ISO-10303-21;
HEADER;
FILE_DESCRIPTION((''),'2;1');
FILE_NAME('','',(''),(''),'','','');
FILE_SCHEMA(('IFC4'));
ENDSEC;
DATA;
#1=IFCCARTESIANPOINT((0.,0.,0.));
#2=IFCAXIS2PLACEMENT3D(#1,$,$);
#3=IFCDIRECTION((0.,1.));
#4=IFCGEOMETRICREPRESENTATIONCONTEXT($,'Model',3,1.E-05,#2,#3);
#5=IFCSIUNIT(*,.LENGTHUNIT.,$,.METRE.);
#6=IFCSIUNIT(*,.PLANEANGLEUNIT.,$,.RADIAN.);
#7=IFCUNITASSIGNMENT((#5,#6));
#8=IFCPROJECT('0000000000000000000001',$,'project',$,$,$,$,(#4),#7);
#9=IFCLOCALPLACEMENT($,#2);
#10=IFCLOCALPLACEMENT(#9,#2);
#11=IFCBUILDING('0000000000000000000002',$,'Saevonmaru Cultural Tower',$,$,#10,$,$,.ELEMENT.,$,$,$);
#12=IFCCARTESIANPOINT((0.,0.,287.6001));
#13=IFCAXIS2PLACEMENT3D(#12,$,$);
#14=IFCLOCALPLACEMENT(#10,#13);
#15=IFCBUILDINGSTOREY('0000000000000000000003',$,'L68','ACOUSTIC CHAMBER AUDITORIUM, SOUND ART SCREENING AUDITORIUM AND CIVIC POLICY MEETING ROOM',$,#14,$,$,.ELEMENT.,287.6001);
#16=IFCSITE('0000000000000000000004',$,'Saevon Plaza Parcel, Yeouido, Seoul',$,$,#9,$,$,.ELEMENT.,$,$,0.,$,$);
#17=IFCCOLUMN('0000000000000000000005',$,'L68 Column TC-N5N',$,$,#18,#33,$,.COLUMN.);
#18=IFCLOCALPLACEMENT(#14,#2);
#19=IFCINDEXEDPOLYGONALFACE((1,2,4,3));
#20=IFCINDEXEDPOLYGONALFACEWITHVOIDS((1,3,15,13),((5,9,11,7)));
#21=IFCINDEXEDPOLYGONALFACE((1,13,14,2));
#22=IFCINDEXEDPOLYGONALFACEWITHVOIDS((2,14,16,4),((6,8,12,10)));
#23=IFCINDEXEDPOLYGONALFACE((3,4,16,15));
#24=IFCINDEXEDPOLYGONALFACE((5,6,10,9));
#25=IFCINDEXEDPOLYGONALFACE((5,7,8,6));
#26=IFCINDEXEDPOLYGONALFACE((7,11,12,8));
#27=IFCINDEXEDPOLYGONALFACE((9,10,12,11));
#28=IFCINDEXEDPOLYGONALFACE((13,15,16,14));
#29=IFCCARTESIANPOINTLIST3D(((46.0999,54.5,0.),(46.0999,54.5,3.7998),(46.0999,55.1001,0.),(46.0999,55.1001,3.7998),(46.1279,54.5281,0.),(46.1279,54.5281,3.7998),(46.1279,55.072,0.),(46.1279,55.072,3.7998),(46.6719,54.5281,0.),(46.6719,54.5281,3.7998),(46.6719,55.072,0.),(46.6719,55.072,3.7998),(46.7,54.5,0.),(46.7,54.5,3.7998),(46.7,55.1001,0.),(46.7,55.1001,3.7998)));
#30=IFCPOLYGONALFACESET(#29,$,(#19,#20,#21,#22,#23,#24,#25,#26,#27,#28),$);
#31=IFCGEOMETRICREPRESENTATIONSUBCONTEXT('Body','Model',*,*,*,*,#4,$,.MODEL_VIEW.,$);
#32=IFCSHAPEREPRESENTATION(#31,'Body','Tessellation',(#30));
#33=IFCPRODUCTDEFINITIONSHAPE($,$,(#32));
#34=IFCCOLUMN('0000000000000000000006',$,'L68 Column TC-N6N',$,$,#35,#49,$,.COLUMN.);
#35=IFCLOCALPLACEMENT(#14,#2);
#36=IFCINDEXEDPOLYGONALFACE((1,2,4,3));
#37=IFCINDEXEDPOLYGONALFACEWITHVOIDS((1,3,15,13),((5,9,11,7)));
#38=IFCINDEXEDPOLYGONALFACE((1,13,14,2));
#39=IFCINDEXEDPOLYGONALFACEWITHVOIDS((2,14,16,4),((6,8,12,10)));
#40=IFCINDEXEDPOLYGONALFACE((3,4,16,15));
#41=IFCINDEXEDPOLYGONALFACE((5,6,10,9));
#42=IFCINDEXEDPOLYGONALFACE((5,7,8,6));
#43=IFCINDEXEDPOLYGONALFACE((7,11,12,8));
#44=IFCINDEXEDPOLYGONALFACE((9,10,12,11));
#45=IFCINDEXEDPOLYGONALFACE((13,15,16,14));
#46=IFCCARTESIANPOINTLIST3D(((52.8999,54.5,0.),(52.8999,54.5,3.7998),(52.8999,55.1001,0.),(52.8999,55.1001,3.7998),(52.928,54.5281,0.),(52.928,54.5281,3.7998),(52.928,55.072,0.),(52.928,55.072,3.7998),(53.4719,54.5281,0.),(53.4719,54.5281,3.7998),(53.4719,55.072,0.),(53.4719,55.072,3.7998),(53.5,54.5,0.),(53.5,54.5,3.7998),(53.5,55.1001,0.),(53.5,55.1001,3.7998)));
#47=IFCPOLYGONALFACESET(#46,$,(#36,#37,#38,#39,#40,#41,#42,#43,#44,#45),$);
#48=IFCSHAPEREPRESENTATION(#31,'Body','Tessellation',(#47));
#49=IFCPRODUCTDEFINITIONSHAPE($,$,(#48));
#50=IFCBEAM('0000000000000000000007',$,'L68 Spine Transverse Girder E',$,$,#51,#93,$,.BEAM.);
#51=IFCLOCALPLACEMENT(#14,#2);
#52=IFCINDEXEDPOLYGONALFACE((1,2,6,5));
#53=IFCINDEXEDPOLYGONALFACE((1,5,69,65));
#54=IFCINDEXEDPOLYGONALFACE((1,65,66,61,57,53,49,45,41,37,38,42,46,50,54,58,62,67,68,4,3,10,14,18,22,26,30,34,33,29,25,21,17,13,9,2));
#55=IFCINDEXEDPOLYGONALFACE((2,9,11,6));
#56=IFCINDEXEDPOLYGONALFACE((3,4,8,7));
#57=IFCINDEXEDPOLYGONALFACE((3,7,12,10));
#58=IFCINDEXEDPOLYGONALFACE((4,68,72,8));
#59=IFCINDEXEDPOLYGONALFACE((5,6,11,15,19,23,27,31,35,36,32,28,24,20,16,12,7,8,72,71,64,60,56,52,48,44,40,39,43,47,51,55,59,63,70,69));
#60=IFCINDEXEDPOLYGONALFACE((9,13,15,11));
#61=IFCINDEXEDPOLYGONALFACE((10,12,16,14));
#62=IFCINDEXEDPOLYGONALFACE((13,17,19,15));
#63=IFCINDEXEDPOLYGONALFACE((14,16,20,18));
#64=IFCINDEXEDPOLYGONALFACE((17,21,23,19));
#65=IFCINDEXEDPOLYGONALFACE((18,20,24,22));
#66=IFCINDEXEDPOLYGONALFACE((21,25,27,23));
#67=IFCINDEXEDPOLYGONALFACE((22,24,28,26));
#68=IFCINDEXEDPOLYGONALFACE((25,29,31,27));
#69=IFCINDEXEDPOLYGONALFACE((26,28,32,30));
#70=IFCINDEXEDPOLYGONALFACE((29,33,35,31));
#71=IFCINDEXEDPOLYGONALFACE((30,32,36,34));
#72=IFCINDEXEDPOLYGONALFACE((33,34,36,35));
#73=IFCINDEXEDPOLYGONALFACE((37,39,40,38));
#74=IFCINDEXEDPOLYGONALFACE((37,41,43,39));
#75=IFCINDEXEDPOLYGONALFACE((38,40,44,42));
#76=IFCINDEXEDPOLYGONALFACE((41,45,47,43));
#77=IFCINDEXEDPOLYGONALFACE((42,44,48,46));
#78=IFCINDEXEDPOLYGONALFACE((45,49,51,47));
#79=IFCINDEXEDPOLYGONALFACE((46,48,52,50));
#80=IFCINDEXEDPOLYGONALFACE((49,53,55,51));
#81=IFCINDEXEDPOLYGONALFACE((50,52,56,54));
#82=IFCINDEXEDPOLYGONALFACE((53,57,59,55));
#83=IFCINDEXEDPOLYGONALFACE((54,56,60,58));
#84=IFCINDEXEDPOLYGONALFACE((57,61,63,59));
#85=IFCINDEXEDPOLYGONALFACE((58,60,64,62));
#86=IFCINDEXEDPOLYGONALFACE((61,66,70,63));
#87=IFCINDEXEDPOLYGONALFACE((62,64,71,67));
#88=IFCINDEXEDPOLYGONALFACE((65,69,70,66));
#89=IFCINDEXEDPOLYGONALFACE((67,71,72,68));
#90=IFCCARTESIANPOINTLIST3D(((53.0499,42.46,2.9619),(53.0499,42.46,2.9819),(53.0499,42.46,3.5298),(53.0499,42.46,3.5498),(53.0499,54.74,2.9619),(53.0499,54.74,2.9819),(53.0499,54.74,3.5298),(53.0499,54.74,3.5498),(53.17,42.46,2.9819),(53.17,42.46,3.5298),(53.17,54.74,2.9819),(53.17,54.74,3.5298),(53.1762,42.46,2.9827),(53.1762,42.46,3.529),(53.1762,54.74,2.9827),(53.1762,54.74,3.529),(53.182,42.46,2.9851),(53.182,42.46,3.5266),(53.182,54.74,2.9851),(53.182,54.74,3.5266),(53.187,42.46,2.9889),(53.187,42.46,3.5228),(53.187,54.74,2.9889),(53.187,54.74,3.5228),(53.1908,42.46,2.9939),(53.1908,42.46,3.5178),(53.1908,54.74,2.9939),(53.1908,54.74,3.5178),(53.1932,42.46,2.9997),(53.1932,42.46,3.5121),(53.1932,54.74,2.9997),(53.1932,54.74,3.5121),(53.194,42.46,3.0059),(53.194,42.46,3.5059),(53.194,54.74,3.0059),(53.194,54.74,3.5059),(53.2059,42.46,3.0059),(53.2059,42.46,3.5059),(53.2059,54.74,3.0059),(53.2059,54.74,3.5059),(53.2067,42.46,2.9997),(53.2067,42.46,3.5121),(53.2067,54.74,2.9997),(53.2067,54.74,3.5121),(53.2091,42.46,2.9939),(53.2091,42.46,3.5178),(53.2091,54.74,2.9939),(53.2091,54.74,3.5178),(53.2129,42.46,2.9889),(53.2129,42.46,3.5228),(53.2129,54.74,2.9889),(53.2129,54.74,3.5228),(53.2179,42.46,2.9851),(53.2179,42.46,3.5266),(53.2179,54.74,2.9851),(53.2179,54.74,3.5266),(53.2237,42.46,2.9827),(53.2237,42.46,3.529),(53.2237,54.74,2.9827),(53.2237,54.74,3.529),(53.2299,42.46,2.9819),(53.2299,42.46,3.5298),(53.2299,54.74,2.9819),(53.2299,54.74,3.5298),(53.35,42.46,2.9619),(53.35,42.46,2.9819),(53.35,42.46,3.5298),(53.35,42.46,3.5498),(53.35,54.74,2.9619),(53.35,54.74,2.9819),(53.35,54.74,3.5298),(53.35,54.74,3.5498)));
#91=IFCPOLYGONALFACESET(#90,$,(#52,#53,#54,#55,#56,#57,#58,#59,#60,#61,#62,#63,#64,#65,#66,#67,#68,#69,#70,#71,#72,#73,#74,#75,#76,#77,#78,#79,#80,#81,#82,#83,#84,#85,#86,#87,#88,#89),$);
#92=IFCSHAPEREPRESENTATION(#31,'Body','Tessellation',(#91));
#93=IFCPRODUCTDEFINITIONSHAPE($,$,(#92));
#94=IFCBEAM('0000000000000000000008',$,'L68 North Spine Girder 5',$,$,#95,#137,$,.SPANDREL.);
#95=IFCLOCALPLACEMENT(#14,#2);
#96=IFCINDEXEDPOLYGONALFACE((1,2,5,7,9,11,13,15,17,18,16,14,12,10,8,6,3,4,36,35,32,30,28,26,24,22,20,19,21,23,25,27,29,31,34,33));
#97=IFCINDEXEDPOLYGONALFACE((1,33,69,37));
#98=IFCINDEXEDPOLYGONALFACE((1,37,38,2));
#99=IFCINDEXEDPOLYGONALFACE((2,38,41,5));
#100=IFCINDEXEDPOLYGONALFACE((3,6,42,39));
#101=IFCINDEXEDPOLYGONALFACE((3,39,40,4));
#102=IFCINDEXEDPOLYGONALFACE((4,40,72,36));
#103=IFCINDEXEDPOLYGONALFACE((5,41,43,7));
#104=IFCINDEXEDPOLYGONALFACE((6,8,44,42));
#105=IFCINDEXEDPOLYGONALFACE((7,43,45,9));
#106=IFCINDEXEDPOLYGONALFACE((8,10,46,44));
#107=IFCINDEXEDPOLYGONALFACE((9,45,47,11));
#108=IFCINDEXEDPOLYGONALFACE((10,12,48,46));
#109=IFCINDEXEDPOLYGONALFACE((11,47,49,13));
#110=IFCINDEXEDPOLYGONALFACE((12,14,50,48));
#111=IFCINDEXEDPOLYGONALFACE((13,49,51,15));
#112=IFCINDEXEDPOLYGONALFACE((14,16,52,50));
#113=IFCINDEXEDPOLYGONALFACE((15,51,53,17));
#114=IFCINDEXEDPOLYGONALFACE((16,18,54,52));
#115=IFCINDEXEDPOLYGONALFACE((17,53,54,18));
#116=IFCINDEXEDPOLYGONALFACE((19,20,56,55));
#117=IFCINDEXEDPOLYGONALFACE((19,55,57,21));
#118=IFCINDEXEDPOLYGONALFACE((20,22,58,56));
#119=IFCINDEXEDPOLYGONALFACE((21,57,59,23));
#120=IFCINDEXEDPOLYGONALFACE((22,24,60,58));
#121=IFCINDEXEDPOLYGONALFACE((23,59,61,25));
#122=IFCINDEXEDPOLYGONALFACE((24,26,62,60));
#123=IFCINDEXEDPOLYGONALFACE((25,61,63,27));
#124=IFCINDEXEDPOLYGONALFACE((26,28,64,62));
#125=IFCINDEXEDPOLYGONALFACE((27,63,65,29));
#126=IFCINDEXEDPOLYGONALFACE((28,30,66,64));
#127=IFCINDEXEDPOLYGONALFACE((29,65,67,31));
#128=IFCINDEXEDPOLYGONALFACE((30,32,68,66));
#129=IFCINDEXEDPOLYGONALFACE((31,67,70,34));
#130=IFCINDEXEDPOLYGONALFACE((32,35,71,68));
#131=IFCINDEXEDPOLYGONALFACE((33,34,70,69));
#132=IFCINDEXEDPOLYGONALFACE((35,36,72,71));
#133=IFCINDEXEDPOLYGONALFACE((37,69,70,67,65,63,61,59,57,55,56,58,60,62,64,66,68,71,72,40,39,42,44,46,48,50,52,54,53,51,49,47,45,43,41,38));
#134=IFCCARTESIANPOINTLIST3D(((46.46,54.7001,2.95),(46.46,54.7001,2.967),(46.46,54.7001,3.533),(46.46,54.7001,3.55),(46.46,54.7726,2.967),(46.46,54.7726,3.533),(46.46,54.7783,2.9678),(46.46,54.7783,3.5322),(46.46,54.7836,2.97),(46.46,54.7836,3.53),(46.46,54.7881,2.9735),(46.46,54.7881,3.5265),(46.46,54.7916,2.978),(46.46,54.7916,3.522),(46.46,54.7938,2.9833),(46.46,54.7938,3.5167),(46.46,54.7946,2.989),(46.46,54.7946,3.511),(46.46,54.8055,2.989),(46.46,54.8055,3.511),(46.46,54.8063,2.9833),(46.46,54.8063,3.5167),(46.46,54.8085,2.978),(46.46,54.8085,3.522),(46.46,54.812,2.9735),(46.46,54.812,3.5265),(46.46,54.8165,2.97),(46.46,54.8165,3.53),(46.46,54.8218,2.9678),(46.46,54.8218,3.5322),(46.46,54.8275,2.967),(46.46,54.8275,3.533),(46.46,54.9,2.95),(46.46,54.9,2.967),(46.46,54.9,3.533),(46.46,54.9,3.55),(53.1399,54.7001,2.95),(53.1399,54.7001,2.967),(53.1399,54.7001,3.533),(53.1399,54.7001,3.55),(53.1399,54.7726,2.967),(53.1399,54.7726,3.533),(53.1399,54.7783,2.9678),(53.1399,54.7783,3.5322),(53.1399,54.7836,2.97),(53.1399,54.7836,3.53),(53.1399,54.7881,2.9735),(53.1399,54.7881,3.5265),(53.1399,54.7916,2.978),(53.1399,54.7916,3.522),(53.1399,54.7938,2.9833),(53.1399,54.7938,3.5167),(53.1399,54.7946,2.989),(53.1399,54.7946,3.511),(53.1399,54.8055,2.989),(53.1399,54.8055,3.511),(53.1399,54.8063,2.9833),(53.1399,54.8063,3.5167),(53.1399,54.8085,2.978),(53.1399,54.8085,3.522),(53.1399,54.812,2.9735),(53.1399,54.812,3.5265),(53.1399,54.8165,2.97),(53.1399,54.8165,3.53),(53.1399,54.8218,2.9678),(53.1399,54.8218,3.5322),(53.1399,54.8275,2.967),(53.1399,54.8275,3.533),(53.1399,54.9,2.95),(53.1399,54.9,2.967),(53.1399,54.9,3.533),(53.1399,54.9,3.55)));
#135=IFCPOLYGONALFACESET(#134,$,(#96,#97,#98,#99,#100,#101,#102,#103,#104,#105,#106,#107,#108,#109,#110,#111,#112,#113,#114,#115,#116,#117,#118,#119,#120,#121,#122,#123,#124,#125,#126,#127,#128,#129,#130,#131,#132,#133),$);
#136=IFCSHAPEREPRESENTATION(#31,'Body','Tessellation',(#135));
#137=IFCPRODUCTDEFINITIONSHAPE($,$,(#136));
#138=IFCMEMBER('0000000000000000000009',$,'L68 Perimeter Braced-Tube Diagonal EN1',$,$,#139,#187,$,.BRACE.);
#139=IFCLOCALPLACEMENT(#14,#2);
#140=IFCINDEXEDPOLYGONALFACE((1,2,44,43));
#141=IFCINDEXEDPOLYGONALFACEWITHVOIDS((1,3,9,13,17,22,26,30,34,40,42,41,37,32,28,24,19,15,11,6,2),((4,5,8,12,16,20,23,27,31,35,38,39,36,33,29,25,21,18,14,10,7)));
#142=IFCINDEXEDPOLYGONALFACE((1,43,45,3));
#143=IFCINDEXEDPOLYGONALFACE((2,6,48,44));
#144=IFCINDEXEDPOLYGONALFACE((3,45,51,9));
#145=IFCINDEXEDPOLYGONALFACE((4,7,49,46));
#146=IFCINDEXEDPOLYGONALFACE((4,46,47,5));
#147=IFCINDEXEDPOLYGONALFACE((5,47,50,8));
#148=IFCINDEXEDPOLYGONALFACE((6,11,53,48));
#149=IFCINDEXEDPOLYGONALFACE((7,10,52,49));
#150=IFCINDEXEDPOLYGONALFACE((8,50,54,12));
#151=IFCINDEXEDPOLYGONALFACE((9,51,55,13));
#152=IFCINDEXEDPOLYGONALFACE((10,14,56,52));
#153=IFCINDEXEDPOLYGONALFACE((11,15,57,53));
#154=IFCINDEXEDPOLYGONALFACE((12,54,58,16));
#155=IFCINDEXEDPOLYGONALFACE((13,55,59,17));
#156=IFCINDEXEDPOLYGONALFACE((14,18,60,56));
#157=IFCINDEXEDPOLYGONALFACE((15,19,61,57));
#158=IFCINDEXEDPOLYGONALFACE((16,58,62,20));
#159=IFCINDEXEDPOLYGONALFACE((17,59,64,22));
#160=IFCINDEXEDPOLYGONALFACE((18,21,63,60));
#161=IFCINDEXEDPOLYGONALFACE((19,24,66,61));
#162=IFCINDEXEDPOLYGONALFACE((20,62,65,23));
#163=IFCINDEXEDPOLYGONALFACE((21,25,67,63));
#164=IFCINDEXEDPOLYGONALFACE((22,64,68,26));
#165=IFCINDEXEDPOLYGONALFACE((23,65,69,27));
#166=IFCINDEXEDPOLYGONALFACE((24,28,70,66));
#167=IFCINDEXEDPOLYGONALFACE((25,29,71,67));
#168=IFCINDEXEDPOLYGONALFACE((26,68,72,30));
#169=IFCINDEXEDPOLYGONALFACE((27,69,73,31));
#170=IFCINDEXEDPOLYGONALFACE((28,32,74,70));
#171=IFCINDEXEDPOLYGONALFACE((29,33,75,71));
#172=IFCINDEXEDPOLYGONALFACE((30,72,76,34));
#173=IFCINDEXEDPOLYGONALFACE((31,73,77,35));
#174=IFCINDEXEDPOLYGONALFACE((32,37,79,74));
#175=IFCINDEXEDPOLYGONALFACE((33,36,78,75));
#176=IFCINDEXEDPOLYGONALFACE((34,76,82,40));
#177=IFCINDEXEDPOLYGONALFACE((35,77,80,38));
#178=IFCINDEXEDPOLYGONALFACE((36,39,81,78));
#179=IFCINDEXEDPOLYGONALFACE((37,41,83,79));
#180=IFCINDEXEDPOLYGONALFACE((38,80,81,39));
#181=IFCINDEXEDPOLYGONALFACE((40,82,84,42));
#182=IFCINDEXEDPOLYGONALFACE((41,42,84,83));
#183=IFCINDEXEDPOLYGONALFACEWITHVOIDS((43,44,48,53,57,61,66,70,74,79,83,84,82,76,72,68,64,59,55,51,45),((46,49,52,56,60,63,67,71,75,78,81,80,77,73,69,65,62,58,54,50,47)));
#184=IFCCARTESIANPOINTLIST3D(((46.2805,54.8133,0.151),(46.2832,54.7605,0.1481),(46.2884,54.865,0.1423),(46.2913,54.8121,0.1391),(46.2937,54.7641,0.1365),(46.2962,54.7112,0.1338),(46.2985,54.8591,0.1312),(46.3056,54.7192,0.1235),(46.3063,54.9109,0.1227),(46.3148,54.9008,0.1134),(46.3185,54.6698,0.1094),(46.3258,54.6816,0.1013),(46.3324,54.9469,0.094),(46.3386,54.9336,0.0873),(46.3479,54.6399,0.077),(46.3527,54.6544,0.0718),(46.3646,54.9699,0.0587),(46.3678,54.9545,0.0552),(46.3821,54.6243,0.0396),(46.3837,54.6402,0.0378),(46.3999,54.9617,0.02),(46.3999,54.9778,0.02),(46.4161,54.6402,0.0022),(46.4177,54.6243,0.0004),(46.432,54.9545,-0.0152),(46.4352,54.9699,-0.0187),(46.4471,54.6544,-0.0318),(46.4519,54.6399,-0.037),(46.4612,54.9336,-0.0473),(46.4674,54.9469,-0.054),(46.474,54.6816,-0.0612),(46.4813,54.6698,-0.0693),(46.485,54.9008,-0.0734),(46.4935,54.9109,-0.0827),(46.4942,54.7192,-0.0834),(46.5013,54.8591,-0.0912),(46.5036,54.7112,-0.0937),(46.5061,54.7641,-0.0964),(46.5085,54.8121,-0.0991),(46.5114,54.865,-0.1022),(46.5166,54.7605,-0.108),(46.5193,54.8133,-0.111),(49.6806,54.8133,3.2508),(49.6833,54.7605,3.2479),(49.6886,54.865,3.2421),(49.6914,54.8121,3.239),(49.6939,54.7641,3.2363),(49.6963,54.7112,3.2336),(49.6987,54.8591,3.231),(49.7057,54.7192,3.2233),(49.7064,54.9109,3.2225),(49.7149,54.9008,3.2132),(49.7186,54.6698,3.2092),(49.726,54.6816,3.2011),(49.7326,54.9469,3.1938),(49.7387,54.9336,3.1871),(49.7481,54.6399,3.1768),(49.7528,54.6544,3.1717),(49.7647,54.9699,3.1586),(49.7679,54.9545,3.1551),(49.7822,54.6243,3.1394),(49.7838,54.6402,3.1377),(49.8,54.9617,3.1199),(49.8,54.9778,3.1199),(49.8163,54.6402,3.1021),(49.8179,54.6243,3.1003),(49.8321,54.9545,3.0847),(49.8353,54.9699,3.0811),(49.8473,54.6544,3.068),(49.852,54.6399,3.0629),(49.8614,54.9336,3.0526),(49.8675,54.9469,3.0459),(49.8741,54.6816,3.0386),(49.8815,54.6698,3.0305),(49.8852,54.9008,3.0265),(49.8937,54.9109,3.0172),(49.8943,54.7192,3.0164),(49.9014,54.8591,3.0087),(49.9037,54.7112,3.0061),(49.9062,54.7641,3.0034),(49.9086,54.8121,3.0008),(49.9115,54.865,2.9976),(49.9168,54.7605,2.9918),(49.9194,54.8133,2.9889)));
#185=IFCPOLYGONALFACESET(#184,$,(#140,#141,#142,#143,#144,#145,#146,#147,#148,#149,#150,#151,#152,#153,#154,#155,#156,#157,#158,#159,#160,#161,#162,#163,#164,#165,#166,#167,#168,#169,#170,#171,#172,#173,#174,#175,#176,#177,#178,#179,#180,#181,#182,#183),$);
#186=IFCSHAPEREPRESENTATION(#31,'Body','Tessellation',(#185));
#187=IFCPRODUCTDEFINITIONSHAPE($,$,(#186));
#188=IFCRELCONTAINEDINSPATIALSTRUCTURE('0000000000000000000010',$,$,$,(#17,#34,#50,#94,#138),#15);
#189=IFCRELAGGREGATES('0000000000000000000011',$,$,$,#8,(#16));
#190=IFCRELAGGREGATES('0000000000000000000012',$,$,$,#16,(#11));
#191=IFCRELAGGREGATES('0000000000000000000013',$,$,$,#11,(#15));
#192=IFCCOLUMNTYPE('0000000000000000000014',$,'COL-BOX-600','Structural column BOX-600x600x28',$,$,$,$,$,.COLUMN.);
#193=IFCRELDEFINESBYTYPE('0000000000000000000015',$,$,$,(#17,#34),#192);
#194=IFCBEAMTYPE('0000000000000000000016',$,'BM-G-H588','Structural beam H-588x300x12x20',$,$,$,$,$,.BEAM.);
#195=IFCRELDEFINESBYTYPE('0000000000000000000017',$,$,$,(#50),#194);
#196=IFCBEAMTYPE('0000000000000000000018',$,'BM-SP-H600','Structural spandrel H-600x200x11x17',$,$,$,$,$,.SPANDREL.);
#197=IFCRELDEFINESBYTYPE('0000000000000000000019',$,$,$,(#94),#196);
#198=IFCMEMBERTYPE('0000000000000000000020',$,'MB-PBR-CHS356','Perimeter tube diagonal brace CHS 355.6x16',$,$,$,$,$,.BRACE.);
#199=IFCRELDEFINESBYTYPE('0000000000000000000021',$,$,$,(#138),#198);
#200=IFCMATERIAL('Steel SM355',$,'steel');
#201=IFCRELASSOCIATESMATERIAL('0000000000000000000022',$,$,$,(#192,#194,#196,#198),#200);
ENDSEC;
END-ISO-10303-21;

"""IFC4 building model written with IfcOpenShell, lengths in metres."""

from ifc_helpers import new_model, si_unit, direction, frame, origin, origin_2d, place, context, subcontext, project, spatial, hollow_rectangle, hollow_circle, i_section, extrude, material, material_profile, profile_set, type_object, element, save


model = new_model("IFC4")

# Units and contexts
model_context = context("Model", 3, precision=1e-05, world=origin(), true_north=direction((0.0, 1.0)))
body_context = subcontext(model_context, "Body", "Model", "MODEL_VIEW")
ifc_project = project(units=[si_unit("LENGTHUNIT", "METRE"), si_unit("PLANEANGLEUNIT", "RADIAN")], contexts=[model_context])

# Site, building, storey
site_placement = place(None, origin())
site = spatial("IfcSite", under=ifc_project, at=site_placement, Name="Saevon Plaza Parcel, Yeouido, Seoul", CompositionType="ELEMENT", RefElevation=0.0)
building_placement = place(site_placement, origin())
building = spatial("IfcBuilding", under=site, at=building_placement, Name="Saevonmaru Cultural Tower", CompositionType="ELEMENT")
storey_placement = place(building_placement, frame((0.0, 0.0, 287.6001)))
storey = spatial("IfcBuildingStorey", under=building, at=storey_placement, Name="L68", Description="ACOUSTIC CHAMBER AUDITORIUM, SOUND ART SCREENING AUDITORIUM AND CIVIC POLICY MEETING ROOM", CompositionType="ELEMENT", Elevation=287.6001)

# Columns
ifc_material_1 = material(Name="Steel SM355", Category="steel")
ifc_material_profile_1 = material_profile(ifc_material_1, hollow_rectangle(XDim=0.6001, YDim=0.6001, WallThickness=0.0281, at=origin_2d()), Name="BOX-600x600x28")
ifc_profile_set_1 = profile_set([ifc_material_profile_1], Name="Steel SM355")
column_type = type_object("IfcColumnType", Name="COL-BOX-600", Description="Structural column BOX-600x600x28", PredefinedType="COLUMN", material=ifc_profile_set_1)
for number, where, z_axis, x_axis, name in (
    (1, (46.3999, 54.8, 0.0), (0.0, 0.0, 1.0), (1.0, 0.0, 0.0), "L68 Column TC-N5N"),
    (2, (53.2, 54.8, 0.0), (0.0, 0.0, 1.0), (1.0, 0.0, 0.0), "L68 Column TC-N6N"),
):
    element("IfcColumn", number, at=place(storey_placement, frame(where, z_axis=z_axis, x_axis=x_axis)), inside=storey, type_object=column_type, Name=name, PredefinedType="COLUMN", context=body_context, shape_type="SweptSolid", body=[
        extrude(hollow_rectangle(XDim=0.6001, YDim=0.6001, WallThickness=0.0281, at=origin_2d()), origin(), (0.0, 0.0, 1.0), 3.7998),
    ])

# Beams
ifc_material_profile_2 = material_profile(ifc_material_1, i_section(OverallWidth=0.3, OverallDepth=0.5879, WebThickness=0.012, FlangeThickness=0.02, FilletRadius=0.0239, at=origin_2d()), Name="H-588x300x12x20")
ifc_profile_set_2 = profile_set([ifc_material_profile_2], Name="Steel SM355")
beam_type_1 = type_object("IfcBeamType", Name="BM-G-H588", Description="Structural beam H-588x300x12x20", PredefinedType="BEAM", material=ifc_profile_set_2)
beam_1_placement = place(storey_placement, frame((53.2, 54.74, 3.2559), z_axis=(0.0, -1.0, 0.0), x_axis=(1.0, 0.0, 0.0)))
element("IfcBeam", 3, at=beam_1_placement, inside=storey, type_object=beam_type_1, Name="L68 Spine Transverse Girder E", PredefinedType="BEAM", context=body_context, shape_type="SweptSolid", body=[
    extrude(i_section(OverallWidth=0.3, OverallDepth=0.5879, WebThickness=0.012, FlangeThickness=0.02, FilletRadius=0.0239, at=origin_2d()), origin(), (0.0, 0.0, 1.0), 12.28),
])
ifc_material_profile_3 = material_profile(ifc_material_1, i_section(OverallWidth=0.2, OverallDepth=0.6001, WebThickness=0.011, FlangeThickness=0.0171, FilletRadius=0.022, at=origin_2d()), Name="H-600x200x11x17")
ifc_profile_set_3 = profile_set([ifc_material_profile_3], Name="Steel SM355")
beam_type_2 = type_object("IfcBeamType", Name="BM-SP-H600", Description="Structural spandrel H-600x200x11x17", PredefinedType="SPANDREL", material=ifc_profile_set_3)
beam_2_placement = place(storey_placement, frame((46.46, 54.8, 3.25), z_axis=(1.0, 0.0, 0.0), x_axis=(0.0, 1.0, 0.0)))
element("IfcBeam", 4, at=beam_2_placement, inside=storey, type_object=beam_type_2, Name="L68 North Spine Girder 5", PredefinedType="SPANDREL", context=body_context, shape_type="SweptSolid", body=[
    extrude(i_section(OverallWidth=0.2, OverallDepth=0.6001, WebThickness=0.011, FlangeThickness=0.0171, FilletRadius=0.022, at=origin_2d()), origin(), (0.0, 0.0, 1.0), 6.6799),
])

# Member
ifc_material_profile_4 = material_profile(ifc_material_1, hollow_circle(Radius=0.1777, WallThickness=0.0161, at=origin_2d()), Name="CHS-355.6x16")
ifc_profile_set_4 = profile_set([ifc_material_profile_4], Name="Steel SM355")
member_type_1 = type_object("IfcMemberType", Name="MB-PBR-CHS356", Description="Perimeter tube diagonal brace CHS 355.6x16", PredefinedType="BRACE", material=ifc_profile_set_4)
member_1_placement = place(storey_placement, frame((46.3999, 54.8, 0.02), z_axis=(0.738986, 0.0, 0.673721), x_axis=(0.0, 1.0, 0.0)))
element("IfcMember", 5, at=member_1_placement, inside=storey, type_object=member_type_1, Name="L68 Perimeter Braced-Tube Diagonal EN1", PredefinedType="BRACE", context=body_context, shape_type="SweptSolid", body=[
    extrude(hollow_circle(Radius=0.1777, WallThickness=0.0161, at=origin_2d()), origin(), (0.0, 0.0, 1.0), 4.6011),
])

save(model, "model.ifc")
